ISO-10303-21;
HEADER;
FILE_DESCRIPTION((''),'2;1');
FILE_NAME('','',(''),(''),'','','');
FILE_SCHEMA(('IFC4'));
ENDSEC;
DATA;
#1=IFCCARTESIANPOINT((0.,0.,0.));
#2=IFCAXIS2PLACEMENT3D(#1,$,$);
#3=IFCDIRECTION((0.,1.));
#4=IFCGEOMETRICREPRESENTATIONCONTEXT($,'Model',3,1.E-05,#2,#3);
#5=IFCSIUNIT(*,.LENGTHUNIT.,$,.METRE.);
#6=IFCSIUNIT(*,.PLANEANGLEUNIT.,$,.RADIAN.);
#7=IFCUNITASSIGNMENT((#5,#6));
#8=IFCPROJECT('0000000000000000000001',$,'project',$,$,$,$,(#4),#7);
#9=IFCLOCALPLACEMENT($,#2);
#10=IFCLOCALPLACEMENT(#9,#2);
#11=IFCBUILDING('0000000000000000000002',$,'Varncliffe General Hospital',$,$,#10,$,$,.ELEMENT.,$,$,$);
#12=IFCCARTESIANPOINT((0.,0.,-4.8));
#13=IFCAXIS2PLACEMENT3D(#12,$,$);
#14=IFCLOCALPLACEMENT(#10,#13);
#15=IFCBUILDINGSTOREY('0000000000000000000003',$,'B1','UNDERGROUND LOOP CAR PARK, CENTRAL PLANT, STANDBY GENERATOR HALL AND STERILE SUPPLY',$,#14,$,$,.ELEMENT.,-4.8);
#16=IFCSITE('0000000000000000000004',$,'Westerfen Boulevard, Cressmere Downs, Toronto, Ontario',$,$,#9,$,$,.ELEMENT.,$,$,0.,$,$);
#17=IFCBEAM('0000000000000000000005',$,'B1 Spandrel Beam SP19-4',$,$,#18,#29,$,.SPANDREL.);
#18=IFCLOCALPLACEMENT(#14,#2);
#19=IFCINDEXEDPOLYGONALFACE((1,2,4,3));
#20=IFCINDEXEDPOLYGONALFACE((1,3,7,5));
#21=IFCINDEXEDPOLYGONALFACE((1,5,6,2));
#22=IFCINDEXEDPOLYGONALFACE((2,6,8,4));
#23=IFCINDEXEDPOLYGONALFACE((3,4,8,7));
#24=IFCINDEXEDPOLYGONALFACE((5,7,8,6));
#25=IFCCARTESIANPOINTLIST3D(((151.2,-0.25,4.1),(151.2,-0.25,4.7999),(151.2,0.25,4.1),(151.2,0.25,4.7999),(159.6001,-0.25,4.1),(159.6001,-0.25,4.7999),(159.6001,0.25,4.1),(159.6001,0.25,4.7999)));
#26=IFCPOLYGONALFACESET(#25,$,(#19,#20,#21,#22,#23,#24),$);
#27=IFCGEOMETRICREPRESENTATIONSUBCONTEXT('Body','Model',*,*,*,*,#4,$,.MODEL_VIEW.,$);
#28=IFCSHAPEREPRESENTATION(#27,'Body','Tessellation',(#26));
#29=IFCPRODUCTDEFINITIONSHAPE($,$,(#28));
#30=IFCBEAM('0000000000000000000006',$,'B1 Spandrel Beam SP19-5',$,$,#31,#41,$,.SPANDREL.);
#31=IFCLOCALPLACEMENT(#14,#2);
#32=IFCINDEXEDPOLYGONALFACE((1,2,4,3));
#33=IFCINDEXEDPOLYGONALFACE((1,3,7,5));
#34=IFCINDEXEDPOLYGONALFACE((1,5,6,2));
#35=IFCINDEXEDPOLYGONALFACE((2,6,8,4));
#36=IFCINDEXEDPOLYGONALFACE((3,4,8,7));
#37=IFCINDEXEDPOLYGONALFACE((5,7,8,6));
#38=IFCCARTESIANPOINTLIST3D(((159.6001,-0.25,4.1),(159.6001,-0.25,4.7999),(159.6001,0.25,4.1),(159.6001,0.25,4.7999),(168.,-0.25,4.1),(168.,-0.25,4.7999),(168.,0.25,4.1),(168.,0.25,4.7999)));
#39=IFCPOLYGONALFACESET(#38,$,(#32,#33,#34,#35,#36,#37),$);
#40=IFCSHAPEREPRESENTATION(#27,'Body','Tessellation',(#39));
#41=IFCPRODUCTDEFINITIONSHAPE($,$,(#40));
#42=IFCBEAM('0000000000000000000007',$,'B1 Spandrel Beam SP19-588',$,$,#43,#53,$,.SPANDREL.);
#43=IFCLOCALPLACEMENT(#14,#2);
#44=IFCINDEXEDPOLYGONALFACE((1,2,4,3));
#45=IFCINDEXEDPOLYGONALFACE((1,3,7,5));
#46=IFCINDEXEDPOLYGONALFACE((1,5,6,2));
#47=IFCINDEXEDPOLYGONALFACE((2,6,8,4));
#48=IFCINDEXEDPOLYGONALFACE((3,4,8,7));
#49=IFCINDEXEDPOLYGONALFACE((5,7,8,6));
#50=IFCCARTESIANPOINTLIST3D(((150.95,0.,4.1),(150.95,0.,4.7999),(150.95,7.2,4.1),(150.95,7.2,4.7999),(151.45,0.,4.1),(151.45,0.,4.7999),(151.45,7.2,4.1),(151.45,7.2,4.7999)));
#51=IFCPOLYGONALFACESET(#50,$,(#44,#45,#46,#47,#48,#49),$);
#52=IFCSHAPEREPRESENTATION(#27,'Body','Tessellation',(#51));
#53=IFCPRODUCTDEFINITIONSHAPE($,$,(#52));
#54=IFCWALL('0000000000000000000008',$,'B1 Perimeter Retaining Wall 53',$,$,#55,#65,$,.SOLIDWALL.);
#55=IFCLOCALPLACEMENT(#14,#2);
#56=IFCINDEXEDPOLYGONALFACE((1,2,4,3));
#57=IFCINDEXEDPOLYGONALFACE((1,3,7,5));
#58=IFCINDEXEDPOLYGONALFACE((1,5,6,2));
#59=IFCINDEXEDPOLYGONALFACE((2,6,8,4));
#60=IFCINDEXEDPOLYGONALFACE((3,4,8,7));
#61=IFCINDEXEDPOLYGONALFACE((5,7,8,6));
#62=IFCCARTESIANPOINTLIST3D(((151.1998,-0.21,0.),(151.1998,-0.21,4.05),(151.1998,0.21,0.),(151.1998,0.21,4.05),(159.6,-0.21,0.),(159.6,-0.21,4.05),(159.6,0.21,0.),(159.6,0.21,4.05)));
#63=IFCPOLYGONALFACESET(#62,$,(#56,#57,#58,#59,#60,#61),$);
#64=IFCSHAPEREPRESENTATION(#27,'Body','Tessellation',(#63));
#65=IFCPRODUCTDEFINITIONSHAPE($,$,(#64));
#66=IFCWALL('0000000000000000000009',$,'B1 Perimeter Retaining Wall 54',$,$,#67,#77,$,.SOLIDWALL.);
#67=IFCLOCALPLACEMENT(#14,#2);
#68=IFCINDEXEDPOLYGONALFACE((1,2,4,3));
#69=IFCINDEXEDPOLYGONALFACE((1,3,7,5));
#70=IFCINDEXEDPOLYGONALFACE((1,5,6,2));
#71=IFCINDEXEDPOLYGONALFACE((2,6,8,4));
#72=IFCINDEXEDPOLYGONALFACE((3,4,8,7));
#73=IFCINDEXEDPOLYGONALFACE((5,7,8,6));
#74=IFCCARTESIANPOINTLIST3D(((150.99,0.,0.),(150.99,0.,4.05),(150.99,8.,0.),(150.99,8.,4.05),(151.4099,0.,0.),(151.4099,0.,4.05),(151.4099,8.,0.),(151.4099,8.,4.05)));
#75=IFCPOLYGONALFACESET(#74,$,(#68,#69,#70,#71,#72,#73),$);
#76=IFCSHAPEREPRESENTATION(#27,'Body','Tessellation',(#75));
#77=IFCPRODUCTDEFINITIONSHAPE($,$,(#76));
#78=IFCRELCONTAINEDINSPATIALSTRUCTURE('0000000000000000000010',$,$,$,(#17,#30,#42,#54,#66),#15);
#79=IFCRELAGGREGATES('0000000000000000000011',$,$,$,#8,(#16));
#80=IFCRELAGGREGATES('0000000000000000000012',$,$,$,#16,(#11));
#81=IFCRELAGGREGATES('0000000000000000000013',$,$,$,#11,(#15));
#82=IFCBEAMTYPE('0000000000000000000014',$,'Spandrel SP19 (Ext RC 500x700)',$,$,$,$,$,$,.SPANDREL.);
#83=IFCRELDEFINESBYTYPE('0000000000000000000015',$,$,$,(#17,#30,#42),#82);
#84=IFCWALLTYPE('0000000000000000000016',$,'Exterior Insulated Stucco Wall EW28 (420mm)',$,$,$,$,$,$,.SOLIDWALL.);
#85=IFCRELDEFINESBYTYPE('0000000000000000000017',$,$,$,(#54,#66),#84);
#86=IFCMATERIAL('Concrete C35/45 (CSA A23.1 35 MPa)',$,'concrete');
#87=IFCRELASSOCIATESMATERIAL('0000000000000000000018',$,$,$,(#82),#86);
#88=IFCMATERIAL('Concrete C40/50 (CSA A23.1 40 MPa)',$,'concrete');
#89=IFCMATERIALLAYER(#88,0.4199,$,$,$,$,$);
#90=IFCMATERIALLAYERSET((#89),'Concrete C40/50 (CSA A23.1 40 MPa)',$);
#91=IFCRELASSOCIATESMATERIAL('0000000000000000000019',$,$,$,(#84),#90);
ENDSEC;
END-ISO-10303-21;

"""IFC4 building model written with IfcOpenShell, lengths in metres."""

from ifc_helpers import new_model, si_unit, direction, frame, frame_2d, origin, origin_2d, place, context, subcontext, project, spatial, rectangle, extrude, material, layer, layer_set, material_profile, profile_set, type_object, element, save


model = new_model("IFC4")

# Units and contexts
model_context = context("Model", 3, precision=1e-05, world=origin(), true_north=direction((0.0, 1.0)))
body_context = subcontext(model_context, "Body", "Model", "MODEL_VIEW")
ifc_project = project(units=[si_unit("LENGTHUNIT", "METRE"), si_unit("PLANEANGLEUNIT", "RADIAN")], contexts=[model_context])

# Site, building, storey
site_placement = place(None, origin())
site = spatial("IfcSite", under=ifc_project, at=site_placement, Name="Westerfen Boulevard, Cressmere Downs, Toronto, Ontario", CompositionType="ELEMENT", RefElevation=0.0)
building_placement = place(site_placement, origin())
building = spatial("IfcBuilding", under=site, at=building_placement, Name="Varncliffe General Hospital", CompositionType="ELEMENT")
storey_placement = place(building_placement, frame((0.0, 0.0, -4.8)))
storey = spatial("IfcBuildingStorey", under=building, at=storey_placement, Name="B1", Description="UNDERGROUND LOOP CAR PARK, CENTRAL PLANT, STANDBY GENERATOR HALL AND STERILE SUPPLY", CompositionType="ELEMENT", Elevation=-4.8)

# Shared definitions
ifc_material_1 = material(Name="Concrete C40/50 (CSA A23.1 40 MPa)", Category="concrete")

# Beams
ifc_material_2 = material(Name="Concrete C35/45 (CSA A23.1 35 MPa)", Category="concrete")
ifc_material_profile_1 = material_profile(ifc_material_2, rectangle(XDim=0.5, YDim=0.7, at=origin_2d()), Name="RC 500x700")
ifc_profile_set_1 = profile_set([ifc_material_profile_1], Name="Concrete C35/45 (CSA A23.1 35 MPa)")
beam_type_1 = type_object("IfcBeamType", Name="Spandrel SP19 (Ext RC 500x700)", PredefinedType="SPANDREL", material=ifc_profile_set_1)
beam_1_placement = place(storey_placement, frame((151.2, 0.0, 4.45), z_axis=(1.0, 0.0, 0.0), x_axis=(0.0, 1.0, 0.0)))
element("IfcBeam", 1, at=beam_1_placement, inside=storey, type_object=beam_type_1, Name="B1 Spandrel Beam SP19-4", PredefinedType="SPANDREL", context=body_context, shape_type="SweptSolid", body=[
    extrude(rectangle(XDim=0.5, YDim=0.7, at=origin_2d()), origin(), (0.0, 0.0, 1.0), 8.4001),
])
beam_2_placement = place(storey_placement, frame((159.6001, 0.0, 4.45), z_axis=(1.0, 0.0, 0.0), x_axis=(0.0, 1.0, 0.0)))
element("IfcBeam", 2, at=beam_2_placement, inside=storey, type_object=beam_type_1, Name="B1 Spandrel Beam SP19-5", PredefinedType="SPANDREL", context=body_context, shape_type="SweptSolid", body=[
    extrude(rectangle(XDim=0.5, YDim=0.7, at=origin_2d()), origin(), (0.0, 0.0, 1.0), 8.3999),
])
beam_3_placement = place(storey_placement, frame((151.2, 0.0, 4.45), z_axis=(0.0, 1.0, 0.0), x_axis=(-1.0, 0.0, 0.0)))
element("IfcBeam", 3, at=beam_3_placement, inside=storey, type_object=beam_type_1, Name="B1 Spandrel Beam SP19-588", PredefinedType="SPANDREL", context=body_context, shape_type="SweptSolid", body=[
    extrude(rectangle(XDim=0.5, YDim=0.7, at=origin_2d()), origin(), (0.0, 0.0, 1.0), 7.2),
])

# Walls
ifc_layer = layer(ifc_material_1, 0.4199)
ifc_layer_set = layer_set([ifc_layer], Name="Concrete C40/50 (CSA A23.1 40 MPa)")
wall_type = type_object("IfcWallType", Name="Exterior Insulated Stucco Wall EW28 (420mm)", PredefinedType="SOLIDWALL", material=ifc_layer_set)
wall_1_placement = place(storey_placement, frame((159.6001, 0.0, 0.0), z_axis=(0.0, 0.0, 1.0), x_axis=(-1.0, 0.0, 0.0)))
element("IfcWall", 4, at=wall_1_placement, inside=storey, type_object=wall_type, Name="B1 Perimeter Retaining Wall 53", PredefinedType="SOLIDWALL", context=body_context, shape_type="SweptSolid", body=[
    extrude(rectangle(XDim=8.4001, YDim=0.4199, at=frame_2d((4.2002, 0.0))), origin(), (0.0, 0.0, 1.0), 4.05),
])
wall_2_placement = place(storey_placement, frame((151.2, 0.0, 0.0), z_axis=(0.0, 0.0, 1.0), x_axis=(0.0, 1.0, 0.0)))
element("IfcWall", 5, at=wall_2_placement, inside=storey, type_object=wall_type, Name="B1 Perimeter Retaining Wall 54", PredefinedType="SOLIDWALL", context=body_context, shape_type="SweptSolid", body=[
    extrude(rectangle(XDim=8.0, YDim=0.4199, at=frame_2d((4.0, 0.0))), origin(), (0.0, 0.0, 1.0), 4.05),
])

save(model, "model.ifc")
